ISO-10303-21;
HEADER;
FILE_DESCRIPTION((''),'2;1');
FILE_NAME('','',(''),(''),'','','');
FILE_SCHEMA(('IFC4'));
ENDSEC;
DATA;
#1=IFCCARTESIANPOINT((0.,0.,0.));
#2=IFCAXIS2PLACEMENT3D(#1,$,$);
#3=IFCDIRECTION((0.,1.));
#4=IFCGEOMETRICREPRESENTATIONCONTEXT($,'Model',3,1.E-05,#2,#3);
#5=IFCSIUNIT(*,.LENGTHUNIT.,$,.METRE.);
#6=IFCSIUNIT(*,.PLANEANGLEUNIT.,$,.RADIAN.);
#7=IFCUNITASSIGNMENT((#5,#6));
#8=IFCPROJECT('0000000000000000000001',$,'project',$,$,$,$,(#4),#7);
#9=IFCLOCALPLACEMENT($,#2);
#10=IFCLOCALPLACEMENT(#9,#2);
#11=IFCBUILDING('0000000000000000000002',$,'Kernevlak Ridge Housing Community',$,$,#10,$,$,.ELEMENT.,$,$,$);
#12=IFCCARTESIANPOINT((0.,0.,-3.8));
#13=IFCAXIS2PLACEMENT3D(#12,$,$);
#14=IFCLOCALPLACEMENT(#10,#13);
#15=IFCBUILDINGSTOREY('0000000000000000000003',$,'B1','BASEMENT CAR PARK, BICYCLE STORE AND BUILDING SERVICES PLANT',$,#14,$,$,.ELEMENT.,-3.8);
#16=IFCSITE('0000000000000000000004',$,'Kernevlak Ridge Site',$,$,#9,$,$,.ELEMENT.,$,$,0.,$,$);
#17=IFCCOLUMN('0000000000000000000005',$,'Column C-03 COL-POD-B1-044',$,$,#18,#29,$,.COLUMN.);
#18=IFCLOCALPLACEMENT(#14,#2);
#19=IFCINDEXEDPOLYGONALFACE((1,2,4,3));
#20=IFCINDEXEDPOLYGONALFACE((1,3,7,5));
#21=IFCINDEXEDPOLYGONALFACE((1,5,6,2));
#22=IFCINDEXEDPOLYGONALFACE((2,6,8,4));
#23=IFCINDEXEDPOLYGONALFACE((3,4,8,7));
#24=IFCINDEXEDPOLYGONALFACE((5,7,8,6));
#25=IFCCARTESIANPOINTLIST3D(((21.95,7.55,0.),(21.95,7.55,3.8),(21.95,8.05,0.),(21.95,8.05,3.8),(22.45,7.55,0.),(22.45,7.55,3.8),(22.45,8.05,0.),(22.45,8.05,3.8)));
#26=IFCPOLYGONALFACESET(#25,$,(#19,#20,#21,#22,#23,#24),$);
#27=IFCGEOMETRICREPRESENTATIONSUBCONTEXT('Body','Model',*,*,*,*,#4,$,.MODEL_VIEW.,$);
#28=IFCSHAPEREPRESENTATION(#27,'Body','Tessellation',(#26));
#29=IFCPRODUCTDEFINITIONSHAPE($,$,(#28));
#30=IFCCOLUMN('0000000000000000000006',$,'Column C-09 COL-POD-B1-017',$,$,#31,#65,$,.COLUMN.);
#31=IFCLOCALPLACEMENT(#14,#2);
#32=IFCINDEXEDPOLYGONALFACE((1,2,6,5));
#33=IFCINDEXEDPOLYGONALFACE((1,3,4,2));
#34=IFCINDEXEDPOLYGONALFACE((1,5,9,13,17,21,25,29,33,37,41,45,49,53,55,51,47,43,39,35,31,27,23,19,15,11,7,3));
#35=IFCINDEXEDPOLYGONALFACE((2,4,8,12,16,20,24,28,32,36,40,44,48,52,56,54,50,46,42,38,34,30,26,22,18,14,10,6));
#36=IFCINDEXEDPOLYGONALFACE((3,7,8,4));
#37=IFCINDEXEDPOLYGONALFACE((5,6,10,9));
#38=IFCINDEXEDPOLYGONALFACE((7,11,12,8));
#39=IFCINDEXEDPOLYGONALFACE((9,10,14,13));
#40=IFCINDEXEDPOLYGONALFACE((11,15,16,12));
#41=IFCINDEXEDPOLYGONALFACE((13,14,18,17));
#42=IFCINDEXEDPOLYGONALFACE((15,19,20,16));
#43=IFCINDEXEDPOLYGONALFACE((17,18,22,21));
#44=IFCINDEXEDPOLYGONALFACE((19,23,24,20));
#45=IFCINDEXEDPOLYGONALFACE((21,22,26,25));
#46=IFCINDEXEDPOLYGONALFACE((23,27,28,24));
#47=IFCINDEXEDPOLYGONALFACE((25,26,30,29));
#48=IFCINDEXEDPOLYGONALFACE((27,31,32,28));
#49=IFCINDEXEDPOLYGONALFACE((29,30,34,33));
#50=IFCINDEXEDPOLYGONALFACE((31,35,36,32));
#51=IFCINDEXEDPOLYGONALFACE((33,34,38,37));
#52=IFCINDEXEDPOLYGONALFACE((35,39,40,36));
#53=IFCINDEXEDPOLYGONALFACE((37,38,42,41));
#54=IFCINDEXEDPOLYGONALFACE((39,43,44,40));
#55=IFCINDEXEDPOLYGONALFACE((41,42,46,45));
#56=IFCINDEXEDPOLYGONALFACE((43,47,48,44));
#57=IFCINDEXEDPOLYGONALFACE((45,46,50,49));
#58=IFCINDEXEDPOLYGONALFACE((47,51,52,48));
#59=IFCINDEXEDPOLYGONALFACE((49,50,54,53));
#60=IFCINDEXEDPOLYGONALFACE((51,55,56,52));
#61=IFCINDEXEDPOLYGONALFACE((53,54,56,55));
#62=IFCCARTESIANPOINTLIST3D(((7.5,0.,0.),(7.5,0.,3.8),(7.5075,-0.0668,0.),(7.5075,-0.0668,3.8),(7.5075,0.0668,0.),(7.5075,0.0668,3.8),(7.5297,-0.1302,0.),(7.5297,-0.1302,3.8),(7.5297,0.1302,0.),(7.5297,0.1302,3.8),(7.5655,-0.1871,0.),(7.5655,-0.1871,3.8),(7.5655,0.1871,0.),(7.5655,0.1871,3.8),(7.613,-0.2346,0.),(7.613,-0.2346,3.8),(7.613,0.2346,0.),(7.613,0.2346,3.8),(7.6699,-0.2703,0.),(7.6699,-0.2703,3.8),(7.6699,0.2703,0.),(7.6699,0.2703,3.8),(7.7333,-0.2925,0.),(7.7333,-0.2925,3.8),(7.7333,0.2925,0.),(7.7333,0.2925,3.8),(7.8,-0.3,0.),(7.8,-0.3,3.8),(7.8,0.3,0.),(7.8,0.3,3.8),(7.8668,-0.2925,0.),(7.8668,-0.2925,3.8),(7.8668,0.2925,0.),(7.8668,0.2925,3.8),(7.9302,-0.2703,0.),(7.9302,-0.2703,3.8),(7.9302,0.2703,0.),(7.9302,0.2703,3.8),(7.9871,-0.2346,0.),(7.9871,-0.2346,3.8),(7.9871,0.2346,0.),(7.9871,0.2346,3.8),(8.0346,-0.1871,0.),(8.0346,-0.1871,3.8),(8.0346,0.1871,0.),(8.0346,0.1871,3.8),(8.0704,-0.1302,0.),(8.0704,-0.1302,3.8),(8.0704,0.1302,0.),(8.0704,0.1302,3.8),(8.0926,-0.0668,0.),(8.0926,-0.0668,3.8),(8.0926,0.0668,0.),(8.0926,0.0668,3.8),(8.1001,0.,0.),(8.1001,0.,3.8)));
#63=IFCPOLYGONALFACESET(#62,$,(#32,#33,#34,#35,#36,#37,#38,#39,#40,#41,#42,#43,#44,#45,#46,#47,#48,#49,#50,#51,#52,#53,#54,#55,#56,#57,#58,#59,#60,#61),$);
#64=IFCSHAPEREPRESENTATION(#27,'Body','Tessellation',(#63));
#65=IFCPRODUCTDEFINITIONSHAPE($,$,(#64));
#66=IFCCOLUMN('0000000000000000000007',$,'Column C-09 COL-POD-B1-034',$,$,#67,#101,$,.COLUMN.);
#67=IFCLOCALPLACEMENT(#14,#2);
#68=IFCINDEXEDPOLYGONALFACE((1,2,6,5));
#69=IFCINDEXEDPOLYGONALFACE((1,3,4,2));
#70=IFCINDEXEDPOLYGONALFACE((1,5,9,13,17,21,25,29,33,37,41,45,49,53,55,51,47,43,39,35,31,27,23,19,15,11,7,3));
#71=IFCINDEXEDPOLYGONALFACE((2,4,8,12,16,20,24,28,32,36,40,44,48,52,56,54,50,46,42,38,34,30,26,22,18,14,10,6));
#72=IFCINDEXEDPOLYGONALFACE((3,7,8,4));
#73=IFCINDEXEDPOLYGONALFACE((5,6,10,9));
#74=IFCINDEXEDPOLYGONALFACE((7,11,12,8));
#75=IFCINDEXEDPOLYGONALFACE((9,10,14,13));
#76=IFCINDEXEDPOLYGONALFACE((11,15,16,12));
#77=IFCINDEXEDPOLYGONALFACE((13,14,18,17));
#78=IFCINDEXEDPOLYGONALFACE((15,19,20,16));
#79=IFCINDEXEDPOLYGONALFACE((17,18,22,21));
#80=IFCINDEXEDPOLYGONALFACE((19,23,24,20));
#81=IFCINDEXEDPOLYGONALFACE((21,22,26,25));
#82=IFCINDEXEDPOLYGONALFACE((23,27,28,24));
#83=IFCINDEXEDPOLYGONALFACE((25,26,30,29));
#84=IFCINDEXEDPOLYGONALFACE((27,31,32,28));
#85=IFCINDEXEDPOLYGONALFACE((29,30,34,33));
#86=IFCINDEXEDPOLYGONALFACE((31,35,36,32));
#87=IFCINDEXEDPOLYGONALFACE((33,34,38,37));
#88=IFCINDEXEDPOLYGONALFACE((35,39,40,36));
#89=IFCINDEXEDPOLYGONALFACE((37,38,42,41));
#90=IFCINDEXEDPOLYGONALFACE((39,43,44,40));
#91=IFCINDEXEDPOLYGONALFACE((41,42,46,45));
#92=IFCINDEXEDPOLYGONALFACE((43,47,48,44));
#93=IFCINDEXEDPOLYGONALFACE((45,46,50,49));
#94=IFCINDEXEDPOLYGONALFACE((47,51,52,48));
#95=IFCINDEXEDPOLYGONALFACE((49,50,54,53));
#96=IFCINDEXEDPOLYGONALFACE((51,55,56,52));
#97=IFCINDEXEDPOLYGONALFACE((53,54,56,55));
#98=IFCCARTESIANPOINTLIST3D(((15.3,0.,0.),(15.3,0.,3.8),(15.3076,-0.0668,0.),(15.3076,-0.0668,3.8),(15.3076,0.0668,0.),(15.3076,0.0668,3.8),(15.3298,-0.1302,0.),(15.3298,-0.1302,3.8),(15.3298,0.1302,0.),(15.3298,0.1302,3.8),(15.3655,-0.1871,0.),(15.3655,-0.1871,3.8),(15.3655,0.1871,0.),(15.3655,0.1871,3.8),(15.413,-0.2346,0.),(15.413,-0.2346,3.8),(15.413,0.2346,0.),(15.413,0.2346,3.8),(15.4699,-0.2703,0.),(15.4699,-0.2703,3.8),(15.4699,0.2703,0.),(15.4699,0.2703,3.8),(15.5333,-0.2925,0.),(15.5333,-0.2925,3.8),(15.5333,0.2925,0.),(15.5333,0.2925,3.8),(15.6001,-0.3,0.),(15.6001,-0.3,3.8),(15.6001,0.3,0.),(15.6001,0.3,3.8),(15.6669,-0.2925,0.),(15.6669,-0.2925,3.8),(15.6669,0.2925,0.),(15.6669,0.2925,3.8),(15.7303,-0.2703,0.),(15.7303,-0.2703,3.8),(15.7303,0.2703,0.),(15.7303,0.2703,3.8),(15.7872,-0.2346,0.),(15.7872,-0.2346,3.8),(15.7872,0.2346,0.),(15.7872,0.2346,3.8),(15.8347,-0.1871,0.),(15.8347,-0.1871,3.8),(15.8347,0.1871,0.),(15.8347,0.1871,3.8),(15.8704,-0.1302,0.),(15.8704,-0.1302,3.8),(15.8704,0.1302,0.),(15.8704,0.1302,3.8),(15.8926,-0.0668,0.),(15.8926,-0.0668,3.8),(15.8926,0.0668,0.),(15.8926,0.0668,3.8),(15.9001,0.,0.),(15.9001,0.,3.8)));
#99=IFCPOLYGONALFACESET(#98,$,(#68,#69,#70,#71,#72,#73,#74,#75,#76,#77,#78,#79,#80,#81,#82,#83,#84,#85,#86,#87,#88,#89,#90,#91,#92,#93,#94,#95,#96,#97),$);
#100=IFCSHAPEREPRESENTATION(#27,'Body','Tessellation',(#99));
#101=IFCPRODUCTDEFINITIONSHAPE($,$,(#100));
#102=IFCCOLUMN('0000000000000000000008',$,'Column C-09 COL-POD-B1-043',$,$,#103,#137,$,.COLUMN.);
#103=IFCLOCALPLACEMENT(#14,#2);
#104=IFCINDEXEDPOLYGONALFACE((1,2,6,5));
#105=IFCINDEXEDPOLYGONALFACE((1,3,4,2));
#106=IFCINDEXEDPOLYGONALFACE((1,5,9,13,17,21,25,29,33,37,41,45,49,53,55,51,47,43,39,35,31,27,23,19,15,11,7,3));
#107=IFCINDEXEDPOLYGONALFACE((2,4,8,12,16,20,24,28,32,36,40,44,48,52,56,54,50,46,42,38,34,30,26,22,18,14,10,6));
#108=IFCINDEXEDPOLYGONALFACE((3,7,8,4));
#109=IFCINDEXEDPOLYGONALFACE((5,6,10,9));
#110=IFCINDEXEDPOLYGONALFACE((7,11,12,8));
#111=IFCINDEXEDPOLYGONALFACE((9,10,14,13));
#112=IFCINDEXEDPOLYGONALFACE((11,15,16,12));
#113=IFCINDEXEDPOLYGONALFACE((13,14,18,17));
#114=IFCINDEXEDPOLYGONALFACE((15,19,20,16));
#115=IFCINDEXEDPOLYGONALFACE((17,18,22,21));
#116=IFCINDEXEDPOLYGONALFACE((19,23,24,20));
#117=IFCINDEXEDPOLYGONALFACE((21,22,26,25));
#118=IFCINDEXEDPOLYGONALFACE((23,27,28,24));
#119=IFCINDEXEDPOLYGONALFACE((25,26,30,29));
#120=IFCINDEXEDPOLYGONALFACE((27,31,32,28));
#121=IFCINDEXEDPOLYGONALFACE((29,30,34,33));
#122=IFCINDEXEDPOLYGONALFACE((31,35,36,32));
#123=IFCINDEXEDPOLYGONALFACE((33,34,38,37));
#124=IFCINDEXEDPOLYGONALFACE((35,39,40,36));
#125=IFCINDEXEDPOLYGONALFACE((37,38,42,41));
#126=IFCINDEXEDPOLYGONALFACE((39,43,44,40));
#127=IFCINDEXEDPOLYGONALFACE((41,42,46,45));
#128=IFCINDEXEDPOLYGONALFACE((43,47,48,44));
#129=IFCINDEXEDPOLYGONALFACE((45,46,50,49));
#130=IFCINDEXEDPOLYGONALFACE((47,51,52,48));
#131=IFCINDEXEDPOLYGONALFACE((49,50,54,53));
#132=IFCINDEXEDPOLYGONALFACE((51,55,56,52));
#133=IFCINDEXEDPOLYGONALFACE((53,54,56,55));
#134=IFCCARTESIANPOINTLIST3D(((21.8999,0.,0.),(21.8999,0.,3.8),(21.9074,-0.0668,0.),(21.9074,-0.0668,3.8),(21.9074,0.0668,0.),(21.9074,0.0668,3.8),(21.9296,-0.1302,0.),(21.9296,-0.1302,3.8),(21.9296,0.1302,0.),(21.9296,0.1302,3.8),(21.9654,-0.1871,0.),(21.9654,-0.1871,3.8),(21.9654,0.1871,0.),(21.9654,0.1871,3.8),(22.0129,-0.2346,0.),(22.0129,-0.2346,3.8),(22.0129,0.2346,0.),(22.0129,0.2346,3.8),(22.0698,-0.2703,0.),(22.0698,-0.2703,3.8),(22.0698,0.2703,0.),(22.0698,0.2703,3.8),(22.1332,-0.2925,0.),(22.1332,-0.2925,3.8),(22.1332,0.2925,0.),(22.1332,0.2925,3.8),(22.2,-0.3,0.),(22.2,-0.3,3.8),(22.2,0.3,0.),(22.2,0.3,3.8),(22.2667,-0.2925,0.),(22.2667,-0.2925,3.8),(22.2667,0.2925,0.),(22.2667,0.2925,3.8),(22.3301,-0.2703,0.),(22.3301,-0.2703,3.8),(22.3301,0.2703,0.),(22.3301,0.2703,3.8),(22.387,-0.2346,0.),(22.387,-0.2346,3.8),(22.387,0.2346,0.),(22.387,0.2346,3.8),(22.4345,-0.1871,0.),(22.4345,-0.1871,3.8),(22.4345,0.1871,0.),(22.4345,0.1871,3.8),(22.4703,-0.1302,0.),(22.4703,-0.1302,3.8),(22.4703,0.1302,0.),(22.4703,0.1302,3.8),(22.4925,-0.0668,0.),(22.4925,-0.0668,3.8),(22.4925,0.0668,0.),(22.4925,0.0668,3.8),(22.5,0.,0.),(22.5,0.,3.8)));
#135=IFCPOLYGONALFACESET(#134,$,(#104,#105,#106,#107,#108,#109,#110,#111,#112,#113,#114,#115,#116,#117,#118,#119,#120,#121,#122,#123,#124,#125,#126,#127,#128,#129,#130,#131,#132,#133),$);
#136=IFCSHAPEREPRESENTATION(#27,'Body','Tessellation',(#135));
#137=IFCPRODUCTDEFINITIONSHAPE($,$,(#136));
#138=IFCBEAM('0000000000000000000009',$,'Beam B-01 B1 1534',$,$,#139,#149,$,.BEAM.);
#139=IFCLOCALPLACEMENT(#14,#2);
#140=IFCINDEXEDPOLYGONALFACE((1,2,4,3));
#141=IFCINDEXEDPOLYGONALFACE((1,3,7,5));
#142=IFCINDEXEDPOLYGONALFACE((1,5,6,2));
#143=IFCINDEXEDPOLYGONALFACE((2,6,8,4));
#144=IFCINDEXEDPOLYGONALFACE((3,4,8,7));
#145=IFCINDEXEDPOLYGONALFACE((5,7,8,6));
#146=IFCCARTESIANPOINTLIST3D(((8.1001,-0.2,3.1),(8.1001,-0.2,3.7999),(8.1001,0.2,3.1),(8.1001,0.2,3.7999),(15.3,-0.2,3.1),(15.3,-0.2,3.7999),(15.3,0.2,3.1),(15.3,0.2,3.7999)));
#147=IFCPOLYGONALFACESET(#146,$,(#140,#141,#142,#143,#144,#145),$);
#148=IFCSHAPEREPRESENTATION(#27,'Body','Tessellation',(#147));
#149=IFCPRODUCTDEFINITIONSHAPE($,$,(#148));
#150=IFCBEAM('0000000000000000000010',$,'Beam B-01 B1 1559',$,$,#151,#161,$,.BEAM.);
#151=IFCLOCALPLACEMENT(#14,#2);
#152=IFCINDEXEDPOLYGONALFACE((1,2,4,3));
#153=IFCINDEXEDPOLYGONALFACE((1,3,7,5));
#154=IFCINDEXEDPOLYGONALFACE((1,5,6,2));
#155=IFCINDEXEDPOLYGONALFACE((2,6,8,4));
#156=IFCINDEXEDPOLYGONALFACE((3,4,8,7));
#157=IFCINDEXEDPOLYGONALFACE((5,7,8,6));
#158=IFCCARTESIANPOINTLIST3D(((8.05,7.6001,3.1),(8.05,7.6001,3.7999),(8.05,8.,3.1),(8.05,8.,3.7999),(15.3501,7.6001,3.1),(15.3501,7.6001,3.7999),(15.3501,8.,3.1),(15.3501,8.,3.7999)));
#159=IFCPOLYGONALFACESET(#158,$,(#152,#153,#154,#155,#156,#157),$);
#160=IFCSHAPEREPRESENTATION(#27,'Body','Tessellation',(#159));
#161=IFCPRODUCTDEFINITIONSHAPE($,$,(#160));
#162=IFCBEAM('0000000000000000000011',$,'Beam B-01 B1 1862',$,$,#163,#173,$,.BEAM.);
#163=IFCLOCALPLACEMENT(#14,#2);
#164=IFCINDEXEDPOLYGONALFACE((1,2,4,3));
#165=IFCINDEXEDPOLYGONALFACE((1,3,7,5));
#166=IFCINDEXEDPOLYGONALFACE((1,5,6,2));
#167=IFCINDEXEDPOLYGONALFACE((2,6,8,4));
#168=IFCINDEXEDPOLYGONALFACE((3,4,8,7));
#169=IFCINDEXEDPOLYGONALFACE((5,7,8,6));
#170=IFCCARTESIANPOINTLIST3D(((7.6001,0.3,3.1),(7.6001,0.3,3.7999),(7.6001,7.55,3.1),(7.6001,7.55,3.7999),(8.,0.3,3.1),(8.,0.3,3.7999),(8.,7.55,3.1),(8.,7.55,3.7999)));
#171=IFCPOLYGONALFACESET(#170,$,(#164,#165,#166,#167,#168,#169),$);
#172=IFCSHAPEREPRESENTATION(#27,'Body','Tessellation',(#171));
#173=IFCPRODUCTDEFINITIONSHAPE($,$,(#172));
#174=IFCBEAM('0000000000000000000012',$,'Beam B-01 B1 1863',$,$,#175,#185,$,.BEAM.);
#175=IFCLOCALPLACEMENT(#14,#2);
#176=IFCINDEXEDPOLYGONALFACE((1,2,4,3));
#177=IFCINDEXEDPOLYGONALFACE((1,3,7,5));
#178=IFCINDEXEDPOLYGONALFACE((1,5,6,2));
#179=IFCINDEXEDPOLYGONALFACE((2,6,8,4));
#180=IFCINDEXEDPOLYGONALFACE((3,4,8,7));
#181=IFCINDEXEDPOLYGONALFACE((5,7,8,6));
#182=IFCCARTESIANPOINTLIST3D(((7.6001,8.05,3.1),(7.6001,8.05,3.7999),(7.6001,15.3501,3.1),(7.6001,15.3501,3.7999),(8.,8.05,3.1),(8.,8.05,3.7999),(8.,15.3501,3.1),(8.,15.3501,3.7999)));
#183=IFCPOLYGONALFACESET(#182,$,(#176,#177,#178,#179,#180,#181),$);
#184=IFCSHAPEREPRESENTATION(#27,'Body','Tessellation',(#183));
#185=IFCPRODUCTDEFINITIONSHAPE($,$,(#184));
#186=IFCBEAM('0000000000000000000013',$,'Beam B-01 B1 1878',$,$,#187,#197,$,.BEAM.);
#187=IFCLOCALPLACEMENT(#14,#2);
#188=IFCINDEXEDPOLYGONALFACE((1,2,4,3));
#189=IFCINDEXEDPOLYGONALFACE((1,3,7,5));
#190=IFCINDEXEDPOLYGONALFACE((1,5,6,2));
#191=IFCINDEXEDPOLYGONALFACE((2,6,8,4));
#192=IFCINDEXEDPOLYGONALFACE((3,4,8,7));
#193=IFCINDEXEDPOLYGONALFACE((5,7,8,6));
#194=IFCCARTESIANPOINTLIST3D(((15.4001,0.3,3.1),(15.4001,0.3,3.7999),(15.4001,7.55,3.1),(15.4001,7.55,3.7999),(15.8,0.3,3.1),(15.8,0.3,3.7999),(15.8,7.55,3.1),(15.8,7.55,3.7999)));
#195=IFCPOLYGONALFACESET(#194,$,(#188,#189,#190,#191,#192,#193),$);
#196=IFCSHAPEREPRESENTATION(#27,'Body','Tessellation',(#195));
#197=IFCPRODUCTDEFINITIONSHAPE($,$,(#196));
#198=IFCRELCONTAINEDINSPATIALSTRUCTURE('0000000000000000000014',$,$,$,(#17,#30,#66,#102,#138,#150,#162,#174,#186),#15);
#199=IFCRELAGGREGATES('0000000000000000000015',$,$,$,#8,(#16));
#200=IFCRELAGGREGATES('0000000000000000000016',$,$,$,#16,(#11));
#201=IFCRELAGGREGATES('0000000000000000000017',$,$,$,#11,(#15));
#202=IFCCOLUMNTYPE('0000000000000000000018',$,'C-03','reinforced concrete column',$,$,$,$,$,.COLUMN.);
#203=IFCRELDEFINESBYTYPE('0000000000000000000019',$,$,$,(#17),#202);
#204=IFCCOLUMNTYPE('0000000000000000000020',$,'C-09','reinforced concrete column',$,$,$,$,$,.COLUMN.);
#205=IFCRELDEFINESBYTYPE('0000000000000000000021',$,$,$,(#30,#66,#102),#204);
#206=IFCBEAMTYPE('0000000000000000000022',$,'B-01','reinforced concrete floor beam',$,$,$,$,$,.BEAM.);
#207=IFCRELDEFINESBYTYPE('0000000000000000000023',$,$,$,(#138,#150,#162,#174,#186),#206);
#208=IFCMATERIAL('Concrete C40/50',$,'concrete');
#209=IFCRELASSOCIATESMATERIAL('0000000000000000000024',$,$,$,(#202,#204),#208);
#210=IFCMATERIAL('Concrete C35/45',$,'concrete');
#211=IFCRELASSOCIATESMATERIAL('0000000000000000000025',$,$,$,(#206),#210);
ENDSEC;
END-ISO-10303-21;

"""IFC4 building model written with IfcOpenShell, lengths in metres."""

from ifc_helpers import new_model, si_unit, direction, frame, origin, origin_2d, place, context, subcontext, project, spatial, rectangle, circle, extrude, material, material_profile, profile_set, type_object, element, save


model = new_model("IFC4")

# Units and contexts
model_context = context("Model", 3, precision=1e-05, world=origin(), true_north=direction((0.0, 1.0)))
body_context = subcontext(model_context, "Body", "Model", "MODEL_VIEW")
ifc_project = project(units=[si_unit("LENGTHUNIT", "METRE"), si_unit("PLANEANGLEUNIT", "RADIAN")], contexts=[model_context])

# Site, building, storey
site_placement = place(None, origin())
site = spatial("IfcSite", under=ifc_project, at=site_placement, Name="Kernevlak Ridge Site", CompositionType="ELEMENT", RefElevation=0.0)
building_placement = place(site_placement, origin())
building = spatial("IfcBuilding", under=site, at=building_placement, Name="Kernevlak Ridge Housing Community", CompositionType="ELEMENT")
storey_placement = place(building_placement, frame((0.0, 0.0, -3.8)))
storey = spatial("IfcBuildingStorey", under=building, at=storey_placement, Name="B1", Description="BASEMENT CAR PARK, BICYCLE STORE AND BUILDING SERVICES PLANT", CompositionType="ELEMENT", Elevation=-3.8)

# Shared definitions
ifc_material_1 = material(Name="Concrete C35/45", Category="concrete")

# Columns
ifc_material_2 = material(Name="Concrete C40/50", Category="concrete")
ifc_material_profile_1 = material_profile(ifc_material_2, rectangle(XDim=0.5, YDim=0.5, at=origin_2d()), Name="RC 500x500")
ifc_profile_set_1 = profile_set([ifc_material_profile_1], Name="Concrete C40/50")
column_type_1 = type_object("IfcColumnType", Name="C-03", Description="reinforced concrete column", PredefinedType="COLUMN", material=ifc_profile_set_1)
for number, where, z_axis, x_axis, name in (
    (1, (22.2, 7.8, 0.0), (0.0, 0.0, 1.0), (1.0, 0.0, 0.0), "Column C-03 COL-POD-B1-044"),
):
    element("IfcColumn", number, at=place(storey_placement, frame(where, z_axis=z_axis, x_axis=x_axis)), inside=storey, type_object=column_type_1, Name=name, PredefinedType="COLUMN", context=body_context, shape_type="SweptSolid", body=[
        extrude(rectangle(XDim=0.5, YDim=0.5, at=origin_2d()), origin(), (0.0, 0.0, 1.0), 3.8),
    ])
ifc_material_profile_2 = material_profile(ifc_material_2, circle(Radius=0.3, at=origin_2d()), Name="RC D600")
ifc_profile_set_2 = profile_set([ifc_material_profile_2], Name="Concrete C40/50")
column_type_2 = type_object("IfcColumnType", Name="C-09", Description="reinforced concrete column", PredefinedType="COLUMN", material=ifc_profile_set_2)
for number, where, z_axis, x_axis, name in (
    (2, (7.8, 0.0, 0.0), (0.0, 0.0, 1.0), (1.0, 0.0, 0.0), "Column C-09 COL-POD-B1-017"),
    (3, (15.6001, 0.0, 0.0), (0.0, 0.0, 1.0), (1.0, 0.0, 0.0), "Column C-09 COL-POD-B1-034"),
    (4, (22.2, 0.0, 0.0), (0.0, 0.0, 1.0), (1.0, 0.0, 0.0), "Column C-09 COL-POD-B1-043"),
):
    element("IfcColumn", number, at=place(storey_placement, frame(where, z_axis=z_axis, x_axis=x_axis)), inside=storey, type_object=column_type_2, Name=name, PredefinedType="COLUMN", context=body_context, shape_type="SweptSolid", body=[
        extrude(circle(Radius=0.3, at=origin_2d()), origin(), (0.0, 0.0, 1.0), 3.8),
    ])

# Beams
ifc_material_profile_3 = material_profile(ifc_material_1, rectangle(XDim=0.3999, YDim=0.7, at=origin_2d()), Name="RC 400x700")
ifc_profile_set_3 = profile_set([ifc_material_profile_3], Name="Concrete C35/45")
beam_type_1 = type_object("IfcBeamType", Name="B-01", Description="reinforced concrete floor beam", PredefinedType="BEAM", material=ifc_profile_set_3)
beam_1_placement = place(storey_placement, frame((8.1001, 0.0, 3.45), z_axis=(1.0, 0.0, 0.0), x_axis=(0.0, 1.0, 0.0)))
element("IfcBeam", 5, at=beam_1_placement, inside=storey, type_object=beam_type_1, Name="Beam B-01 B1 1534", PredefinedType="BEAM", context=body_context, shape_type="SweptSolid", body=[
    extrude(rectangle(XDim=0.3999, YDim=0.7, at=origin_2d()), origin(), (0.0, 0.0, 1.0), 7.2),
])
beam_2_placement = place(storey_placement, frame((8.05, 7.8, 3.45), z_axis=(1.0, 0.0, 0.0), x_axis=(0.0, 1.0, 0.0)))
element("IfcBeam", 6, at=beam_2_placement, inside=storey, type_object=beam_type_1, Name="Beam B-01 B1 1559", PredefinedType="BEAM", context=body_context, shape_type="SweptSolid", body=[
    extrude(rectangle(XDim=0.3999, YDim=0.7, at=origin_2d()), origin(), (0.0, 0.0, 1.0), 7.3),
])
beam_3_placement = place(storey_placement, frame((7.8, 0.3, 3.45), z_axis=(0.0, 1.0, 0.0), x_axis=(-1.0, 0.0, 0.0)))
element("IfcBeam", 7, at=beam_3_placement, inside=storey, type_object=beam_type_1, Name="Beam B-01 B1 1862", PredefinedType="BEAM", context=body_context, shape_type="SweptSolid", body=[
    extrude(rectangle(XDim=0.3999, YDim=0.7, at=origin_2d()), origin(), (0.0, 0.0, 1.0), 7.25),
])
beam_4_placement = place(storey_placement, frame((7.8, 8.05, 3.45), z_axis=(0.0, 1.0, 0.0), x_axis=(-1.0, 0.0, 0.0)))
element("IfcBeam", 8, at=beam_4_placement, inside=storey, type_object=beam_type_1, Name="Beam B-01 B1 1863", PredefinedType="BEAM", context=body_context, shape_type="SweptSolid", body=[
    extrude(rectangle(XDim=0.3999, YDim=0.7, at=origin_2d()), origin(), (0.0, 0.0, 1.0), 7.3),
])
beam_5_placement = place(storey_placement, frame((15.6001, 0.3, 3.45), z_axis=(0.0, 1.0, 0.0), x_axis=(-1.0, 0.0, 0.0)))
element("IfcBeam", 9, at=beam_5_placement, inside=storey, type_object=beam_type_1, Name="Beam B-01 B1 1878", PredefinedType="BEAM", context=body_context, shape_type="SweptSolid", body=[
    extrude(rectangle(XDim=0.3999, YDim=0.7, at=origin_2d()), origin(), (0.0, 0.0, 1.0), 7.25),
])

save(model, "model.ifc")
